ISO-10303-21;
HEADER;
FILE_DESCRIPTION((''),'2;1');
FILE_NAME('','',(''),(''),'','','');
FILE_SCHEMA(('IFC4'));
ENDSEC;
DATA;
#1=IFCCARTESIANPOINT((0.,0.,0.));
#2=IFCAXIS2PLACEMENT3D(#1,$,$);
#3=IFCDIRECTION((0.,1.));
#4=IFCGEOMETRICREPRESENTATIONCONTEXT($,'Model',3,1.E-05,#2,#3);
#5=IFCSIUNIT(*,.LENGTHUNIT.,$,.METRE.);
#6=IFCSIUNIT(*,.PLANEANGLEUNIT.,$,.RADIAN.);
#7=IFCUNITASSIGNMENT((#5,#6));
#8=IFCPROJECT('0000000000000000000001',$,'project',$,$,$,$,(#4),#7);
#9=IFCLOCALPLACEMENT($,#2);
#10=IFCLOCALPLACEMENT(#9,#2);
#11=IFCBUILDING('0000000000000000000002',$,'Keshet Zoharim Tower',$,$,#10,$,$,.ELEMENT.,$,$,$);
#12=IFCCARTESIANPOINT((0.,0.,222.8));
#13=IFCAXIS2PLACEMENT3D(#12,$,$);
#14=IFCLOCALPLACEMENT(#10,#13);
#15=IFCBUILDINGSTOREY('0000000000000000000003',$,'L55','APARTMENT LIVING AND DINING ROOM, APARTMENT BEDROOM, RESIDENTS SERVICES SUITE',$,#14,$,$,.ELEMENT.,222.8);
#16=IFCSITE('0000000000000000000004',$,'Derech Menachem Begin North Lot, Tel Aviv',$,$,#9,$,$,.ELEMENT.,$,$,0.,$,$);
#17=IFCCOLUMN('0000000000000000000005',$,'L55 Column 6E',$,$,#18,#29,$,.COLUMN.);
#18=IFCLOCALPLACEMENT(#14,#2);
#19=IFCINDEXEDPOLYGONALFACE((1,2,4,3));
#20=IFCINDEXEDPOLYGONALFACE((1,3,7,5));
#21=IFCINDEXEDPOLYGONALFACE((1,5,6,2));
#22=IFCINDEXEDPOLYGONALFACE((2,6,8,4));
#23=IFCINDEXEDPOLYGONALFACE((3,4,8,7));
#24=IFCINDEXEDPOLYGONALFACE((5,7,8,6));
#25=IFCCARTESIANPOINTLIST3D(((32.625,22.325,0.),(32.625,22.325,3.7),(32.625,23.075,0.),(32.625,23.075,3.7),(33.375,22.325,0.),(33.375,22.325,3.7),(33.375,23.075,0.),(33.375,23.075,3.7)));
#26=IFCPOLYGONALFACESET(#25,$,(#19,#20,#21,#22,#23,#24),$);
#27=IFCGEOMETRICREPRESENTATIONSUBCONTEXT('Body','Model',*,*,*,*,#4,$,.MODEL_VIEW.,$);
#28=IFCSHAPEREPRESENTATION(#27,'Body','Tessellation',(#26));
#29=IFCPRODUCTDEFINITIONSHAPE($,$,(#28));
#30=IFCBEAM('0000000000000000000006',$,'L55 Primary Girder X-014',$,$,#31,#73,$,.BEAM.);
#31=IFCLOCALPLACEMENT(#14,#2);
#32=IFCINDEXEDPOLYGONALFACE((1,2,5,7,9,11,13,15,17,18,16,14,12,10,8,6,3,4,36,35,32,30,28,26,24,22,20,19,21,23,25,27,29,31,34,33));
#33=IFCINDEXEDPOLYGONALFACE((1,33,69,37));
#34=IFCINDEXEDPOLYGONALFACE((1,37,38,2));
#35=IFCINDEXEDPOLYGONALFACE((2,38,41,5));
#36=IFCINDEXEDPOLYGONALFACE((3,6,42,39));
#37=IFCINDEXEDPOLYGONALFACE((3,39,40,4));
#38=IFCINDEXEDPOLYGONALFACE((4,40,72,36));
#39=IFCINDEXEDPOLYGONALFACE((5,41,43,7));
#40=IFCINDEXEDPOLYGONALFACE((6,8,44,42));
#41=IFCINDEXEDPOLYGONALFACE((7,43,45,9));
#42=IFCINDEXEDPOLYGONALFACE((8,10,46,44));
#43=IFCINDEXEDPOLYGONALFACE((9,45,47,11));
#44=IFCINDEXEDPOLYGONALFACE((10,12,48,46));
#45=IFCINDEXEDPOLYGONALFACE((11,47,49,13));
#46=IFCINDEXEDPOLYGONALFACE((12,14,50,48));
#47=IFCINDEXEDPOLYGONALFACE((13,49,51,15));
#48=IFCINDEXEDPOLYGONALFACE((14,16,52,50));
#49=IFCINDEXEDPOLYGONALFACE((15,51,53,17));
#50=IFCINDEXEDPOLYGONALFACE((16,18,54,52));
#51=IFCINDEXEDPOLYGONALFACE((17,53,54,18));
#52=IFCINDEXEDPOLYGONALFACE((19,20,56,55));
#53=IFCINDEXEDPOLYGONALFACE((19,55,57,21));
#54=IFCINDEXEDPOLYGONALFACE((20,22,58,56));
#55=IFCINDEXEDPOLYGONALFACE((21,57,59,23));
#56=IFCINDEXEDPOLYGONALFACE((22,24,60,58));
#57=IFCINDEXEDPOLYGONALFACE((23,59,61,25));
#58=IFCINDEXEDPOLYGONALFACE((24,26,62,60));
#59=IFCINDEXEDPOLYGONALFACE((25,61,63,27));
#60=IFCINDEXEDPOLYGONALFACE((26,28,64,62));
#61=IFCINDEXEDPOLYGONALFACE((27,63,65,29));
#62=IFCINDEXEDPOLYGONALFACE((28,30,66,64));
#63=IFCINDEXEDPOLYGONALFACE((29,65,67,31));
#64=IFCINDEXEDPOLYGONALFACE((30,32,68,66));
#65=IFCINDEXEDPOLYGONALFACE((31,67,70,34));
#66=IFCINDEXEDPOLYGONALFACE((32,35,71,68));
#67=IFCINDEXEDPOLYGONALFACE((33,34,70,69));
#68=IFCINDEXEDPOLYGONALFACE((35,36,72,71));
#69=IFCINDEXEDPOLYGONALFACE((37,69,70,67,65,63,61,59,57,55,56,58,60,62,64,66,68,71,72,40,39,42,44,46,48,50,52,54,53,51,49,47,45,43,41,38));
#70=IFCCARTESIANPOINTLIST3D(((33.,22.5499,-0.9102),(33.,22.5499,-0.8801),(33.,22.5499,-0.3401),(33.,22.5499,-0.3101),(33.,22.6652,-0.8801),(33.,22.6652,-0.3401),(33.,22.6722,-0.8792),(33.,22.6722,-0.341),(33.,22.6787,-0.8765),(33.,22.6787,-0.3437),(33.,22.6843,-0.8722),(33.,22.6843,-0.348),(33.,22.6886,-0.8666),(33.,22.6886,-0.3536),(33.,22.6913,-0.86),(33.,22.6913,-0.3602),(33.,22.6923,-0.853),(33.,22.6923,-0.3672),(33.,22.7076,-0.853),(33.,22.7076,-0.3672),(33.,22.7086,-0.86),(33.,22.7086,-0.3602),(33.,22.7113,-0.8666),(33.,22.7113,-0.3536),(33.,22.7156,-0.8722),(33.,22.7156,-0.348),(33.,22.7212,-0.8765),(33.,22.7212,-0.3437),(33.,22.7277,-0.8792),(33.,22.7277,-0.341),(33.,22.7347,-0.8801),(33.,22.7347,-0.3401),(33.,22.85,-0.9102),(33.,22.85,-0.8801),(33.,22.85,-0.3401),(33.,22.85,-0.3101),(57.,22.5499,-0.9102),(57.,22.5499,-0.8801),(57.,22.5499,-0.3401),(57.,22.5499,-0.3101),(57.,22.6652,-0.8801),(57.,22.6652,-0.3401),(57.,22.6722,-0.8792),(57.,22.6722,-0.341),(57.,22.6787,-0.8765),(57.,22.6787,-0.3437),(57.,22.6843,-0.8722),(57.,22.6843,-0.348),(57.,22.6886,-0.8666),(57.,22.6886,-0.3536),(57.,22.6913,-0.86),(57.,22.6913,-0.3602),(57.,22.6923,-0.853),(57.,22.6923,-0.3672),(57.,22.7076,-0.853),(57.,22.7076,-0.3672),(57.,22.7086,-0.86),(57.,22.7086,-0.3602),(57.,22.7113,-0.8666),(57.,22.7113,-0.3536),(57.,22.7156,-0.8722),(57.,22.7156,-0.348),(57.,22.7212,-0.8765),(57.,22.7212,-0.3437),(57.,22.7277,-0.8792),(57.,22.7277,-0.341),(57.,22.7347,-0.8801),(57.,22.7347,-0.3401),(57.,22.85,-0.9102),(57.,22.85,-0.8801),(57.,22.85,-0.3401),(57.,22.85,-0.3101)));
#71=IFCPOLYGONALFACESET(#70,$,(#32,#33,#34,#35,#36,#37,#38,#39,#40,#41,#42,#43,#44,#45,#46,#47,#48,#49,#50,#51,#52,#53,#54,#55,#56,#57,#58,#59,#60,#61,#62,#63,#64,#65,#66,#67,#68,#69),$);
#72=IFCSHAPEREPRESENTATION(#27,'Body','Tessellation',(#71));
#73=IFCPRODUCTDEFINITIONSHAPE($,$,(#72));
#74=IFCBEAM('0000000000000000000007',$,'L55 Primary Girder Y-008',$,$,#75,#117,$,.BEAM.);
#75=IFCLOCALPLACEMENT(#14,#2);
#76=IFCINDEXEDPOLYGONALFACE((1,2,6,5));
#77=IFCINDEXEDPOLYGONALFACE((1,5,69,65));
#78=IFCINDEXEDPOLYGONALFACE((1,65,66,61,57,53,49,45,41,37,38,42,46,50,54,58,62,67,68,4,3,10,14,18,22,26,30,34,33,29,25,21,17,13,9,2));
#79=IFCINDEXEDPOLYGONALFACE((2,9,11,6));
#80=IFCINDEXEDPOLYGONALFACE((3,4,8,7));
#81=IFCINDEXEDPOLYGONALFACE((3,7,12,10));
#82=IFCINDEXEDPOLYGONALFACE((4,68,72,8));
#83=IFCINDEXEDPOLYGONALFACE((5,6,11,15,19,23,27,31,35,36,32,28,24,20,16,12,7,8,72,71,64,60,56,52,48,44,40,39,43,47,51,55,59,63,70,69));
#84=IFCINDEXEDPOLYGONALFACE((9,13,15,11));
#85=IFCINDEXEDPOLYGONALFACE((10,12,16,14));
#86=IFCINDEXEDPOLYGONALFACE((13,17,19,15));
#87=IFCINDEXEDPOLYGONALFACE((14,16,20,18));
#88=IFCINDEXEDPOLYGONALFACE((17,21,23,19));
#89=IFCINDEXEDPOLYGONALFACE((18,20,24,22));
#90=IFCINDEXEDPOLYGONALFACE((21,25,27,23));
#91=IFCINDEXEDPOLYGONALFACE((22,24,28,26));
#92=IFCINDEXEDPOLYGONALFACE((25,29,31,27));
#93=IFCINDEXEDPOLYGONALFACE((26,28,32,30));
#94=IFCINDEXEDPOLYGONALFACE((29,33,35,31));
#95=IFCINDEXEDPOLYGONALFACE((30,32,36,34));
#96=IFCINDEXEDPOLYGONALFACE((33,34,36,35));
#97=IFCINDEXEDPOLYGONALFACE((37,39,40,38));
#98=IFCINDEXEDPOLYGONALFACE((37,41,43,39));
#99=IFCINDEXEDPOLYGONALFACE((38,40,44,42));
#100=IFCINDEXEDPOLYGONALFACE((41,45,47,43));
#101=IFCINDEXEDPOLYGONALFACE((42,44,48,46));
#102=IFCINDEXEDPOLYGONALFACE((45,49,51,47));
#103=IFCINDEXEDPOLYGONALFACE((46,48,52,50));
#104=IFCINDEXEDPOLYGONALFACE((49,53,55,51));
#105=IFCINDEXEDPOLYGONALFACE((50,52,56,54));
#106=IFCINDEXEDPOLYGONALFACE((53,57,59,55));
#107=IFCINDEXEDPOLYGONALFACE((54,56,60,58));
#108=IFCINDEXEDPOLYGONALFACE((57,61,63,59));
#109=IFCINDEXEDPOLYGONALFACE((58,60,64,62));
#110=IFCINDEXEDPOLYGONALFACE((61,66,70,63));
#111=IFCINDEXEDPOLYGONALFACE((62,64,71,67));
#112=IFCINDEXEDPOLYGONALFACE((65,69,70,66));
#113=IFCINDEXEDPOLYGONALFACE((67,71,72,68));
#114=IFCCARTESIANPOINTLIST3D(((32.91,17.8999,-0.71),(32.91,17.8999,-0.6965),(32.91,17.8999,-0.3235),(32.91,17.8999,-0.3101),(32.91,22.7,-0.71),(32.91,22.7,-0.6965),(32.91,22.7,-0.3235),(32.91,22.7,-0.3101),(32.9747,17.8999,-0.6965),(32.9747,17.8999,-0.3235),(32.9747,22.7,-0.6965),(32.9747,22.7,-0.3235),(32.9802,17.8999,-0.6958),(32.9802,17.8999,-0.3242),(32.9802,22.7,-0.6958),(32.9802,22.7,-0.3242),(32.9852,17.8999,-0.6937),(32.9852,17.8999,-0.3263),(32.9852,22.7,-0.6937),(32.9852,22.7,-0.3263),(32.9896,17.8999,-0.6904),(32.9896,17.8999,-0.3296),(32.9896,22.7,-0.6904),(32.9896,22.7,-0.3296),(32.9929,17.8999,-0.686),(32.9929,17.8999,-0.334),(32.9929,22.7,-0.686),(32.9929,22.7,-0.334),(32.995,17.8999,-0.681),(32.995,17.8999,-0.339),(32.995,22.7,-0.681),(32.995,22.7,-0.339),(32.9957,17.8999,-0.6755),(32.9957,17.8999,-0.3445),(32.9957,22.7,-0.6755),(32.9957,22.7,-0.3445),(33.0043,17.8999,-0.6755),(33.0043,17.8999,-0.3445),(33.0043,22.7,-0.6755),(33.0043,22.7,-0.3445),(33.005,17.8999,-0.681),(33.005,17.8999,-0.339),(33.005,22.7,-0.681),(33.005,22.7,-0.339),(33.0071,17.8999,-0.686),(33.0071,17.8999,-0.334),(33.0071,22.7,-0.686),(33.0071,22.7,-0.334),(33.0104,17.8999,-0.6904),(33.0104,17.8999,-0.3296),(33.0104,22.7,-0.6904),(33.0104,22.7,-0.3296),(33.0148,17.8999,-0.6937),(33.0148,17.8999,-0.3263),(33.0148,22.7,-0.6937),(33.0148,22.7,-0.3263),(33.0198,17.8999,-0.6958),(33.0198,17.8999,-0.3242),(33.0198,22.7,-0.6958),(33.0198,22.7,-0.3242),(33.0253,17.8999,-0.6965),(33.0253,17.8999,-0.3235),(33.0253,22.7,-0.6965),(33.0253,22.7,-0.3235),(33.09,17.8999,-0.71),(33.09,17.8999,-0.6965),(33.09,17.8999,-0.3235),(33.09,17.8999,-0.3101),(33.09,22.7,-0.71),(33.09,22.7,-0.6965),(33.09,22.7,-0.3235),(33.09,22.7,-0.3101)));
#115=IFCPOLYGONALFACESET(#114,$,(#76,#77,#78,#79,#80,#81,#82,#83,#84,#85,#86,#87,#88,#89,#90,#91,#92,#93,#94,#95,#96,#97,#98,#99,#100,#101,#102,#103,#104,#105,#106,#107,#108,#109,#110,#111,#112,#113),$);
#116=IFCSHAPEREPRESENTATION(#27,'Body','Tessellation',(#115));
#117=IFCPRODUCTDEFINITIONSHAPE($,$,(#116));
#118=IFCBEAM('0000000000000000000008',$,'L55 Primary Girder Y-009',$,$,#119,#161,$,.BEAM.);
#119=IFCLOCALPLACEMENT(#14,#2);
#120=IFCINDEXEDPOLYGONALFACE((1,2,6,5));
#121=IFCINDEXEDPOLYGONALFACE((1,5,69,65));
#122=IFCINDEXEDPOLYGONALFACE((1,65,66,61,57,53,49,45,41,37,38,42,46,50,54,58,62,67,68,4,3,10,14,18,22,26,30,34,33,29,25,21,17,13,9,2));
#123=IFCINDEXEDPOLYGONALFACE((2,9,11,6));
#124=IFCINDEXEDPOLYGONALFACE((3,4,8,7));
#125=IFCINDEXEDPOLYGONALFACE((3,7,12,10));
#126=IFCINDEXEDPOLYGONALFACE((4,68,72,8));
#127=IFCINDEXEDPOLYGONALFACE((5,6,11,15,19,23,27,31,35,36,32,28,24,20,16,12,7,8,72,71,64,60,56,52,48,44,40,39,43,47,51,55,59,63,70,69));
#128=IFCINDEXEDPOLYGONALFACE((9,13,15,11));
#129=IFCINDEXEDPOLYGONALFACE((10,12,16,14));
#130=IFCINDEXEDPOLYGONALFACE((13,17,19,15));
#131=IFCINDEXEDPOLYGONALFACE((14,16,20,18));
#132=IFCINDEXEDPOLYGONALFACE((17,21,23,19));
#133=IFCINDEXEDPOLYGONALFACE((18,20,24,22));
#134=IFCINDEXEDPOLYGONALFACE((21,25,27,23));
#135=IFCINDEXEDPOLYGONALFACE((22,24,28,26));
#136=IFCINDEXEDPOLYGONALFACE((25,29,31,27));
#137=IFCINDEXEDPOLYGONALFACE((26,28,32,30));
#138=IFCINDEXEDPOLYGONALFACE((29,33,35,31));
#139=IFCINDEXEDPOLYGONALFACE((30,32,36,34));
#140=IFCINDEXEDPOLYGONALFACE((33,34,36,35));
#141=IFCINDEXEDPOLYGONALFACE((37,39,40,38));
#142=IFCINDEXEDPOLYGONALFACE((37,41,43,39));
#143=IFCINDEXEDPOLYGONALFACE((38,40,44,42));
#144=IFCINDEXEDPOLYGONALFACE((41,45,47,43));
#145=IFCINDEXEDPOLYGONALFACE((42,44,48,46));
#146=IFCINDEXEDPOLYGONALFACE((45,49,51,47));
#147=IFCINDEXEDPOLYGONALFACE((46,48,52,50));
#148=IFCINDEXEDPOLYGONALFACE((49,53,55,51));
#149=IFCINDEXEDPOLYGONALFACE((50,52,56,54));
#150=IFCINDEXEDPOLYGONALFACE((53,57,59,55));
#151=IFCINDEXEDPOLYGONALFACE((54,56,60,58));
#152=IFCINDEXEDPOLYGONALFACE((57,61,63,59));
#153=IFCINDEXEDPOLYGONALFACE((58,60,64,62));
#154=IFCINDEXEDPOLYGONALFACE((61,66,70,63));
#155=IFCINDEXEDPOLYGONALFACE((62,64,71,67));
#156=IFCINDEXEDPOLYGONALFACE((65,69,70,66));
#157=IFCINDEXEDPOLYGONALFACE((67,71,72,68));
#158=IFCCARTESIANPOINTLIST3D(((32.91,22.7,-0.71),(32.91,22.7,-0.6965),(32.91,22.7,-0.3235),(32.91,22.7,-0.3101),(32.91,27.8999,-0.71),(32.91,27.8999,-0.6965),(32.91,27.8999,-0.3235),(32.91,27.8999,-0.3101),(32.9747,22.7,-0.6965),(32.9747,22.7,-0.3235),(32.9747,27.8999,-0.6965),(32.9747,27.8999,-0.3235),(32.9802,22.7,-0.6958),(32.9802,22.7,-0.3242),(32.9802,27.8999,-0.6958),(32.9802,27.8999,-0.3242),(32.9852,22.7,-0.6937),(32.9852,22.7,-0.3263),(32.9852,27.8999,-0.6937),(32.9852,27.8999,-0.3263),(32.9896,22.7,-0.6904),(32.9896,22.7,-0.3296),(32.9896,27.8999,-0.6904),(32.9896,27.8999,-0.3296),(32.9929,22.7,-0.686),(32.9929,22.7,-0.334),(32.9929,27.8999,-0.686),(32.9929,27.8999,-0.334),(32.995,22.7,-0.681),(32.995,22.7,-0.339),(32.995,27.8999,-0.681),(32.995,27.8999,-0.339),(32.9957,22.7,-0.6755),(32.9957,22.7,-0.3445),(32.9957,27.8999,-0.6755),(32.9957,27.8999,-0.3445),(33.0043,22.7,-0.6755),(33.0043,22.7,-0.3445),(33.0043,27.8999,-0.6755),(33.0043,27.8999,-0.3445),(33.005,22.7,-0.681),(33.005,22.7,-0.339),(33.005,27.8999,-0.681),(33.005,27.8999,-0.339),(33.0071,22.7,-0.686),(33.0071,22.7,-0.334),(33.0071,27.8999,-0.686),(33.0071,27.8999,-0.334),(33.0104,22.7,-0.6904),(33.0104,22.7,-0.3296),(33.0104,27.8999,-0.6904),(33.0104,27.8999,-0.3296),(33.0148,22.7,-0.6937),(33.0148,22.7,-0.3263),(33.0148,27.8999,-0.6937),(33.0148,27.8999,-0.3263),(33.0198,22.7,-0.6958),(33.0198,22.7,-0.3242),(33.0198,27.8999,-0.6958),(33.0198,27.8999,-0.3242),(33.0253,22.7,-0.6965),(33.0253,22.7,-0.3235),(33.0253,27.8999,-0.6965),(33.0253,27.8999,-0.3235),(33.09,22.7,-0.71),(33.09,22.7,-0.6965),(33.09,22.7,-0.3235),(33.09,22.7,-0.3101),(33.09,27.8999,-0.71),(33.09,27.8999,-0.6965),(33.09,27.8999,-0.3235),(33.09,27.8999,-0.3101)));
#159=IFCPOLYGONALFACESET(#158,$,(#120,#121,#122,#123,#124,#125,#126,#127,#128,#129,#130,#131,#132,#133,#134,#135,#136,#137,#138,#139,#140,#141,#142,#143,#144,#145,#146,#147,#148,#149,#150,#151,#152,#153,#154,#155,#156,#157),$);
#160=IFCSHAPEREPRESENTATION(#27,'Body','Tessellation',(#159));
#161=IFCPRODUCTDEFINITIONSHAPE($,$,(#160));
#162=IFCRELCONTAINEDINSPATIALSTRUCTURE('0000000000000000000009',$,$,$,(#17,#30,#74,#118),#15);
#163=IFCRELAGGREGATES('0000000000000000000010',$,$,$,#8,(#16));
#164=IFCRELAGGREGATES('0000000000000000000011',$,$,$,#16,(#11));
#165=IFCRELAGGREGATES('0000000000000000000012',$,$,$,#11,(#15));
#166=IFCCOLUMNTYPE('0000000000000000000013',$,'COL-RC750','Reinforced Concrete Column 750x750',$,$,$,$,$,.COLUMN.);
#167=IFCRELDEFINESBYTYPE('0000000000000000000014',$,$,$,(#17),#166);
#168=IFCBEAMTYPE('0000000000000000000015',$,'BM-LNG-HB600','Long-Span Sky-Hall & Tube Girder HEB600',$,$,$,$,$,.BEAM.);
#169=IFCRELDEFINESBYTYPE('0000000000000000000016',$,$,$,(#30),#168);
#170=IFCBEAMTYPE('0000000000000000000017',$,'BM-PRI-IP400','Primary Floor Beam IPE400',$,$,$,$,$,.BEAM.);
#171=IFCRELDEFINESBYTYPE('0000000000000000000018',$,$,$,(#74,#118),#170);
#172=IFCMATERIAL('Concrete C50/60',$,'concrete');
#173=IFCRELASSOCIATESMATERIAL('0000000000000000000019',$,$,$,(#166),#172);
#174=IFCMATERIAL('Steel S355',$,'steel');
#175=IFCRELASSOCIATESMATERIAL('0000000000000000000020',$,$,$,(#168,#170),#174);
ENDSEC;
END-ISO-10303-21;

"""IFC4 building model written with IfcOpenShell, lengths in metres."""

from ifc_helpers import new_model, si_unit, direction, frame, origin, origin_2d, place, context, subcontext, project, spatial, rectangle, i_section, extrude, material, material_profile, profile_set, type_object, element, save


model = new_model("IFC4")

# Units and contexts
model_context = context("Model", 3, precision=1e-05, world=origin(), true_north=direction((0.0, 1.0)))
body_context = subcontext(model_context, "Body", "Model", "MODEL_VIEW")
ifc_project = project(units=[si_unit("LENGTHUNIT", "METRE"), si_unit("PLANEANGLEUNIT", "RADIAN")], contexts=[model_context])

# Site, building, storey
site_placement = place(None, origin())
site = spatial("IfcSite", under=ifc_project, at=site_placement, Name="Derech Menachem Begin North Lot, Tel Aviv", CompositionType="ELEMENT", RefElevation=0.0)
building_placement = place(site_placement, origin())
building = spatial("IfcBuilding", under=site, at=building_placement, Name="Keshet Zoharim Tower", CompositionType="ELEMENT")
storey_placement = place(building_placement, frame((0.0, 0.0, 222.8)))
storey = spatial("IfcBuildingStorey", under=building, at=storey_placement, Name="L55", Description="APARTMENT LIVING AND DINING ROOM, APARTMENT BEDROOM, RESIDENTS SERVICES SUITE", CompositionType="ELEMENT", Elevation=222.8)

# Column
ifc_material_1 = material(Name="Concrete C50/60", Category="concrete")
ifc_material_profile_1 = material_profile(ifc_material_1, rectangle(XDim=0.75, YDim=0.75, at=origin_2d()), Name="RC750x750")
ifc_profile_set_1 = profile_set([ifc_material_profile_1], Name="Concrete C50/60")
column_type = type_object("IfcColumnType", Name="COL-RC750", Description="Reinforced Concrete Column 750x750", PredefinedType="COLUMN", material=ifc_profile_set_1)
column_placement = place(storey_placement, frame((33.0, 22.7, 0.0), z_axis=(0.0, 0.0, 1.0), x_axis=(1.0, 0.0, 0.0)))
element("IfcColumn", 1, at=column_placement, inside=storey, type_object=column_type, Name="L55 Column 6E", PredefinedType="COLUMN", context=body_context, shape_type="SweptSolid", body=[
    extrude(rectangle(XDim=0.75, YDim=0.75, at=origin_2d()), origin(), (0.0, 0.0, 1.0), 3.7),
])

# Beams
ifc_material_2 = material(Name="Steel S355", Category="steel")
ifc_material_profile_2 = material_profile(ifc_material_2, i_section(OverallWidth=0.3, OverallDepth=0.6001, WebThickness=0.0154, FlangeThickness=0.03, FilletRadius=0.0271, at=origin_2d()), Name="HEB600")
ifc_profile_set_2 = profile_set([ifc_material_profile_2], Name="Steel S355")
beam_type_1 = type_object("IfcBeamType", Name="BM-LNG-HB600", Description="Long-Span Sky-Hall & Tube Girder HEB600", PredefinedType="BEAM", material=ifc_profile_set_2)
beam_1_placement = place(storey_placement, frame((33.0, 22.7, -0.6101), z_axis=(1.0, 0.0, 0.0), x_axis=(0.0, 1.0, 0.0)))
element("IfcBeam", 2, at=beam_1_placement, inside=storey, type_object=beam_type_1, Name="L55 Primary Girder X-014", PredefinedType="BEAM", context=body_context, shape_type="SweptSolid", body=[
    extrude(i_section(OverallWidth=0.3, OverallDepth=0.6001, WebThickness=0.0154, FlangeThickness=0.03, FilletRadius=0.0271, at=origin_2d()), origin(), (0.0, 0.0, 1.0), 24.0),
])
ifc_material_profile_3 = material_profile(ifc_material_2, i_section(OverallWidth=0.1799, OverallDepth=0.3999, WebThickness=0.0085, FlangeThickness=0.0134, FilletRadius=0.021, at=origin_2d()), Name="IPE400")
ifc_profile_set_3 = profile_set([ifc_material_profile_3], Name="Steel S355")
beam_type_2 = type_object("IfcBeamType", Name="BM-PRI-IP400", Description="Primary Floor Beam IPE400", PredefinedType="BEAM", material=ifc_profile_set_3)
beam_2_placement = place(storey_placement, frame((33.0, 17.8999, -0.51), z_axis=(0.0, 1.0, 0.0), x_axis=(-1.0, 0.0, 0.0)))
element("IfcBeam", 3, at=beam_2_placement, inside=storey, type_object=beam_type_2, Name="L55 Primary Girder Y-008", PredefinedType="BEAM", context=body_context, shape_type="SweptSolid", body=[
    extrude(i_section(OverallWidth=0.1799, OverallDepth=0.3999, WebThickness=0.0085, FlangeThickness=0.0134, FilletRadius=0.021, at=origin_2d()), origin(), (0.0, 0.0, 1.0), 4.8),
])
beam_3_placement = place(storey_placement, frame((33.0, 22.7, -0.51), z_axis=(0.0, 1.0, 0.0), x_axis=(-1.0, 0.0, 0.0)))
element("IfcBeam", 4, at=beam_3_placement, inside=storey, type_object=beam_type_2, Name="L55 Primary Girder Y-009", PredefinedType="BEAM", context=body_context, shape_type="SweptSolid", body=[
    extrude(i_section(OverallWidth=0.1799, OverallDepth=0.3999, WebThickness=0.0085, FlangeThickness=0.0134, FilletRadius=0.021, at=origin_2d()), origin(), (0.0, 0.0, 1.0), 5.2),
])

save(model, "model.ifc")
